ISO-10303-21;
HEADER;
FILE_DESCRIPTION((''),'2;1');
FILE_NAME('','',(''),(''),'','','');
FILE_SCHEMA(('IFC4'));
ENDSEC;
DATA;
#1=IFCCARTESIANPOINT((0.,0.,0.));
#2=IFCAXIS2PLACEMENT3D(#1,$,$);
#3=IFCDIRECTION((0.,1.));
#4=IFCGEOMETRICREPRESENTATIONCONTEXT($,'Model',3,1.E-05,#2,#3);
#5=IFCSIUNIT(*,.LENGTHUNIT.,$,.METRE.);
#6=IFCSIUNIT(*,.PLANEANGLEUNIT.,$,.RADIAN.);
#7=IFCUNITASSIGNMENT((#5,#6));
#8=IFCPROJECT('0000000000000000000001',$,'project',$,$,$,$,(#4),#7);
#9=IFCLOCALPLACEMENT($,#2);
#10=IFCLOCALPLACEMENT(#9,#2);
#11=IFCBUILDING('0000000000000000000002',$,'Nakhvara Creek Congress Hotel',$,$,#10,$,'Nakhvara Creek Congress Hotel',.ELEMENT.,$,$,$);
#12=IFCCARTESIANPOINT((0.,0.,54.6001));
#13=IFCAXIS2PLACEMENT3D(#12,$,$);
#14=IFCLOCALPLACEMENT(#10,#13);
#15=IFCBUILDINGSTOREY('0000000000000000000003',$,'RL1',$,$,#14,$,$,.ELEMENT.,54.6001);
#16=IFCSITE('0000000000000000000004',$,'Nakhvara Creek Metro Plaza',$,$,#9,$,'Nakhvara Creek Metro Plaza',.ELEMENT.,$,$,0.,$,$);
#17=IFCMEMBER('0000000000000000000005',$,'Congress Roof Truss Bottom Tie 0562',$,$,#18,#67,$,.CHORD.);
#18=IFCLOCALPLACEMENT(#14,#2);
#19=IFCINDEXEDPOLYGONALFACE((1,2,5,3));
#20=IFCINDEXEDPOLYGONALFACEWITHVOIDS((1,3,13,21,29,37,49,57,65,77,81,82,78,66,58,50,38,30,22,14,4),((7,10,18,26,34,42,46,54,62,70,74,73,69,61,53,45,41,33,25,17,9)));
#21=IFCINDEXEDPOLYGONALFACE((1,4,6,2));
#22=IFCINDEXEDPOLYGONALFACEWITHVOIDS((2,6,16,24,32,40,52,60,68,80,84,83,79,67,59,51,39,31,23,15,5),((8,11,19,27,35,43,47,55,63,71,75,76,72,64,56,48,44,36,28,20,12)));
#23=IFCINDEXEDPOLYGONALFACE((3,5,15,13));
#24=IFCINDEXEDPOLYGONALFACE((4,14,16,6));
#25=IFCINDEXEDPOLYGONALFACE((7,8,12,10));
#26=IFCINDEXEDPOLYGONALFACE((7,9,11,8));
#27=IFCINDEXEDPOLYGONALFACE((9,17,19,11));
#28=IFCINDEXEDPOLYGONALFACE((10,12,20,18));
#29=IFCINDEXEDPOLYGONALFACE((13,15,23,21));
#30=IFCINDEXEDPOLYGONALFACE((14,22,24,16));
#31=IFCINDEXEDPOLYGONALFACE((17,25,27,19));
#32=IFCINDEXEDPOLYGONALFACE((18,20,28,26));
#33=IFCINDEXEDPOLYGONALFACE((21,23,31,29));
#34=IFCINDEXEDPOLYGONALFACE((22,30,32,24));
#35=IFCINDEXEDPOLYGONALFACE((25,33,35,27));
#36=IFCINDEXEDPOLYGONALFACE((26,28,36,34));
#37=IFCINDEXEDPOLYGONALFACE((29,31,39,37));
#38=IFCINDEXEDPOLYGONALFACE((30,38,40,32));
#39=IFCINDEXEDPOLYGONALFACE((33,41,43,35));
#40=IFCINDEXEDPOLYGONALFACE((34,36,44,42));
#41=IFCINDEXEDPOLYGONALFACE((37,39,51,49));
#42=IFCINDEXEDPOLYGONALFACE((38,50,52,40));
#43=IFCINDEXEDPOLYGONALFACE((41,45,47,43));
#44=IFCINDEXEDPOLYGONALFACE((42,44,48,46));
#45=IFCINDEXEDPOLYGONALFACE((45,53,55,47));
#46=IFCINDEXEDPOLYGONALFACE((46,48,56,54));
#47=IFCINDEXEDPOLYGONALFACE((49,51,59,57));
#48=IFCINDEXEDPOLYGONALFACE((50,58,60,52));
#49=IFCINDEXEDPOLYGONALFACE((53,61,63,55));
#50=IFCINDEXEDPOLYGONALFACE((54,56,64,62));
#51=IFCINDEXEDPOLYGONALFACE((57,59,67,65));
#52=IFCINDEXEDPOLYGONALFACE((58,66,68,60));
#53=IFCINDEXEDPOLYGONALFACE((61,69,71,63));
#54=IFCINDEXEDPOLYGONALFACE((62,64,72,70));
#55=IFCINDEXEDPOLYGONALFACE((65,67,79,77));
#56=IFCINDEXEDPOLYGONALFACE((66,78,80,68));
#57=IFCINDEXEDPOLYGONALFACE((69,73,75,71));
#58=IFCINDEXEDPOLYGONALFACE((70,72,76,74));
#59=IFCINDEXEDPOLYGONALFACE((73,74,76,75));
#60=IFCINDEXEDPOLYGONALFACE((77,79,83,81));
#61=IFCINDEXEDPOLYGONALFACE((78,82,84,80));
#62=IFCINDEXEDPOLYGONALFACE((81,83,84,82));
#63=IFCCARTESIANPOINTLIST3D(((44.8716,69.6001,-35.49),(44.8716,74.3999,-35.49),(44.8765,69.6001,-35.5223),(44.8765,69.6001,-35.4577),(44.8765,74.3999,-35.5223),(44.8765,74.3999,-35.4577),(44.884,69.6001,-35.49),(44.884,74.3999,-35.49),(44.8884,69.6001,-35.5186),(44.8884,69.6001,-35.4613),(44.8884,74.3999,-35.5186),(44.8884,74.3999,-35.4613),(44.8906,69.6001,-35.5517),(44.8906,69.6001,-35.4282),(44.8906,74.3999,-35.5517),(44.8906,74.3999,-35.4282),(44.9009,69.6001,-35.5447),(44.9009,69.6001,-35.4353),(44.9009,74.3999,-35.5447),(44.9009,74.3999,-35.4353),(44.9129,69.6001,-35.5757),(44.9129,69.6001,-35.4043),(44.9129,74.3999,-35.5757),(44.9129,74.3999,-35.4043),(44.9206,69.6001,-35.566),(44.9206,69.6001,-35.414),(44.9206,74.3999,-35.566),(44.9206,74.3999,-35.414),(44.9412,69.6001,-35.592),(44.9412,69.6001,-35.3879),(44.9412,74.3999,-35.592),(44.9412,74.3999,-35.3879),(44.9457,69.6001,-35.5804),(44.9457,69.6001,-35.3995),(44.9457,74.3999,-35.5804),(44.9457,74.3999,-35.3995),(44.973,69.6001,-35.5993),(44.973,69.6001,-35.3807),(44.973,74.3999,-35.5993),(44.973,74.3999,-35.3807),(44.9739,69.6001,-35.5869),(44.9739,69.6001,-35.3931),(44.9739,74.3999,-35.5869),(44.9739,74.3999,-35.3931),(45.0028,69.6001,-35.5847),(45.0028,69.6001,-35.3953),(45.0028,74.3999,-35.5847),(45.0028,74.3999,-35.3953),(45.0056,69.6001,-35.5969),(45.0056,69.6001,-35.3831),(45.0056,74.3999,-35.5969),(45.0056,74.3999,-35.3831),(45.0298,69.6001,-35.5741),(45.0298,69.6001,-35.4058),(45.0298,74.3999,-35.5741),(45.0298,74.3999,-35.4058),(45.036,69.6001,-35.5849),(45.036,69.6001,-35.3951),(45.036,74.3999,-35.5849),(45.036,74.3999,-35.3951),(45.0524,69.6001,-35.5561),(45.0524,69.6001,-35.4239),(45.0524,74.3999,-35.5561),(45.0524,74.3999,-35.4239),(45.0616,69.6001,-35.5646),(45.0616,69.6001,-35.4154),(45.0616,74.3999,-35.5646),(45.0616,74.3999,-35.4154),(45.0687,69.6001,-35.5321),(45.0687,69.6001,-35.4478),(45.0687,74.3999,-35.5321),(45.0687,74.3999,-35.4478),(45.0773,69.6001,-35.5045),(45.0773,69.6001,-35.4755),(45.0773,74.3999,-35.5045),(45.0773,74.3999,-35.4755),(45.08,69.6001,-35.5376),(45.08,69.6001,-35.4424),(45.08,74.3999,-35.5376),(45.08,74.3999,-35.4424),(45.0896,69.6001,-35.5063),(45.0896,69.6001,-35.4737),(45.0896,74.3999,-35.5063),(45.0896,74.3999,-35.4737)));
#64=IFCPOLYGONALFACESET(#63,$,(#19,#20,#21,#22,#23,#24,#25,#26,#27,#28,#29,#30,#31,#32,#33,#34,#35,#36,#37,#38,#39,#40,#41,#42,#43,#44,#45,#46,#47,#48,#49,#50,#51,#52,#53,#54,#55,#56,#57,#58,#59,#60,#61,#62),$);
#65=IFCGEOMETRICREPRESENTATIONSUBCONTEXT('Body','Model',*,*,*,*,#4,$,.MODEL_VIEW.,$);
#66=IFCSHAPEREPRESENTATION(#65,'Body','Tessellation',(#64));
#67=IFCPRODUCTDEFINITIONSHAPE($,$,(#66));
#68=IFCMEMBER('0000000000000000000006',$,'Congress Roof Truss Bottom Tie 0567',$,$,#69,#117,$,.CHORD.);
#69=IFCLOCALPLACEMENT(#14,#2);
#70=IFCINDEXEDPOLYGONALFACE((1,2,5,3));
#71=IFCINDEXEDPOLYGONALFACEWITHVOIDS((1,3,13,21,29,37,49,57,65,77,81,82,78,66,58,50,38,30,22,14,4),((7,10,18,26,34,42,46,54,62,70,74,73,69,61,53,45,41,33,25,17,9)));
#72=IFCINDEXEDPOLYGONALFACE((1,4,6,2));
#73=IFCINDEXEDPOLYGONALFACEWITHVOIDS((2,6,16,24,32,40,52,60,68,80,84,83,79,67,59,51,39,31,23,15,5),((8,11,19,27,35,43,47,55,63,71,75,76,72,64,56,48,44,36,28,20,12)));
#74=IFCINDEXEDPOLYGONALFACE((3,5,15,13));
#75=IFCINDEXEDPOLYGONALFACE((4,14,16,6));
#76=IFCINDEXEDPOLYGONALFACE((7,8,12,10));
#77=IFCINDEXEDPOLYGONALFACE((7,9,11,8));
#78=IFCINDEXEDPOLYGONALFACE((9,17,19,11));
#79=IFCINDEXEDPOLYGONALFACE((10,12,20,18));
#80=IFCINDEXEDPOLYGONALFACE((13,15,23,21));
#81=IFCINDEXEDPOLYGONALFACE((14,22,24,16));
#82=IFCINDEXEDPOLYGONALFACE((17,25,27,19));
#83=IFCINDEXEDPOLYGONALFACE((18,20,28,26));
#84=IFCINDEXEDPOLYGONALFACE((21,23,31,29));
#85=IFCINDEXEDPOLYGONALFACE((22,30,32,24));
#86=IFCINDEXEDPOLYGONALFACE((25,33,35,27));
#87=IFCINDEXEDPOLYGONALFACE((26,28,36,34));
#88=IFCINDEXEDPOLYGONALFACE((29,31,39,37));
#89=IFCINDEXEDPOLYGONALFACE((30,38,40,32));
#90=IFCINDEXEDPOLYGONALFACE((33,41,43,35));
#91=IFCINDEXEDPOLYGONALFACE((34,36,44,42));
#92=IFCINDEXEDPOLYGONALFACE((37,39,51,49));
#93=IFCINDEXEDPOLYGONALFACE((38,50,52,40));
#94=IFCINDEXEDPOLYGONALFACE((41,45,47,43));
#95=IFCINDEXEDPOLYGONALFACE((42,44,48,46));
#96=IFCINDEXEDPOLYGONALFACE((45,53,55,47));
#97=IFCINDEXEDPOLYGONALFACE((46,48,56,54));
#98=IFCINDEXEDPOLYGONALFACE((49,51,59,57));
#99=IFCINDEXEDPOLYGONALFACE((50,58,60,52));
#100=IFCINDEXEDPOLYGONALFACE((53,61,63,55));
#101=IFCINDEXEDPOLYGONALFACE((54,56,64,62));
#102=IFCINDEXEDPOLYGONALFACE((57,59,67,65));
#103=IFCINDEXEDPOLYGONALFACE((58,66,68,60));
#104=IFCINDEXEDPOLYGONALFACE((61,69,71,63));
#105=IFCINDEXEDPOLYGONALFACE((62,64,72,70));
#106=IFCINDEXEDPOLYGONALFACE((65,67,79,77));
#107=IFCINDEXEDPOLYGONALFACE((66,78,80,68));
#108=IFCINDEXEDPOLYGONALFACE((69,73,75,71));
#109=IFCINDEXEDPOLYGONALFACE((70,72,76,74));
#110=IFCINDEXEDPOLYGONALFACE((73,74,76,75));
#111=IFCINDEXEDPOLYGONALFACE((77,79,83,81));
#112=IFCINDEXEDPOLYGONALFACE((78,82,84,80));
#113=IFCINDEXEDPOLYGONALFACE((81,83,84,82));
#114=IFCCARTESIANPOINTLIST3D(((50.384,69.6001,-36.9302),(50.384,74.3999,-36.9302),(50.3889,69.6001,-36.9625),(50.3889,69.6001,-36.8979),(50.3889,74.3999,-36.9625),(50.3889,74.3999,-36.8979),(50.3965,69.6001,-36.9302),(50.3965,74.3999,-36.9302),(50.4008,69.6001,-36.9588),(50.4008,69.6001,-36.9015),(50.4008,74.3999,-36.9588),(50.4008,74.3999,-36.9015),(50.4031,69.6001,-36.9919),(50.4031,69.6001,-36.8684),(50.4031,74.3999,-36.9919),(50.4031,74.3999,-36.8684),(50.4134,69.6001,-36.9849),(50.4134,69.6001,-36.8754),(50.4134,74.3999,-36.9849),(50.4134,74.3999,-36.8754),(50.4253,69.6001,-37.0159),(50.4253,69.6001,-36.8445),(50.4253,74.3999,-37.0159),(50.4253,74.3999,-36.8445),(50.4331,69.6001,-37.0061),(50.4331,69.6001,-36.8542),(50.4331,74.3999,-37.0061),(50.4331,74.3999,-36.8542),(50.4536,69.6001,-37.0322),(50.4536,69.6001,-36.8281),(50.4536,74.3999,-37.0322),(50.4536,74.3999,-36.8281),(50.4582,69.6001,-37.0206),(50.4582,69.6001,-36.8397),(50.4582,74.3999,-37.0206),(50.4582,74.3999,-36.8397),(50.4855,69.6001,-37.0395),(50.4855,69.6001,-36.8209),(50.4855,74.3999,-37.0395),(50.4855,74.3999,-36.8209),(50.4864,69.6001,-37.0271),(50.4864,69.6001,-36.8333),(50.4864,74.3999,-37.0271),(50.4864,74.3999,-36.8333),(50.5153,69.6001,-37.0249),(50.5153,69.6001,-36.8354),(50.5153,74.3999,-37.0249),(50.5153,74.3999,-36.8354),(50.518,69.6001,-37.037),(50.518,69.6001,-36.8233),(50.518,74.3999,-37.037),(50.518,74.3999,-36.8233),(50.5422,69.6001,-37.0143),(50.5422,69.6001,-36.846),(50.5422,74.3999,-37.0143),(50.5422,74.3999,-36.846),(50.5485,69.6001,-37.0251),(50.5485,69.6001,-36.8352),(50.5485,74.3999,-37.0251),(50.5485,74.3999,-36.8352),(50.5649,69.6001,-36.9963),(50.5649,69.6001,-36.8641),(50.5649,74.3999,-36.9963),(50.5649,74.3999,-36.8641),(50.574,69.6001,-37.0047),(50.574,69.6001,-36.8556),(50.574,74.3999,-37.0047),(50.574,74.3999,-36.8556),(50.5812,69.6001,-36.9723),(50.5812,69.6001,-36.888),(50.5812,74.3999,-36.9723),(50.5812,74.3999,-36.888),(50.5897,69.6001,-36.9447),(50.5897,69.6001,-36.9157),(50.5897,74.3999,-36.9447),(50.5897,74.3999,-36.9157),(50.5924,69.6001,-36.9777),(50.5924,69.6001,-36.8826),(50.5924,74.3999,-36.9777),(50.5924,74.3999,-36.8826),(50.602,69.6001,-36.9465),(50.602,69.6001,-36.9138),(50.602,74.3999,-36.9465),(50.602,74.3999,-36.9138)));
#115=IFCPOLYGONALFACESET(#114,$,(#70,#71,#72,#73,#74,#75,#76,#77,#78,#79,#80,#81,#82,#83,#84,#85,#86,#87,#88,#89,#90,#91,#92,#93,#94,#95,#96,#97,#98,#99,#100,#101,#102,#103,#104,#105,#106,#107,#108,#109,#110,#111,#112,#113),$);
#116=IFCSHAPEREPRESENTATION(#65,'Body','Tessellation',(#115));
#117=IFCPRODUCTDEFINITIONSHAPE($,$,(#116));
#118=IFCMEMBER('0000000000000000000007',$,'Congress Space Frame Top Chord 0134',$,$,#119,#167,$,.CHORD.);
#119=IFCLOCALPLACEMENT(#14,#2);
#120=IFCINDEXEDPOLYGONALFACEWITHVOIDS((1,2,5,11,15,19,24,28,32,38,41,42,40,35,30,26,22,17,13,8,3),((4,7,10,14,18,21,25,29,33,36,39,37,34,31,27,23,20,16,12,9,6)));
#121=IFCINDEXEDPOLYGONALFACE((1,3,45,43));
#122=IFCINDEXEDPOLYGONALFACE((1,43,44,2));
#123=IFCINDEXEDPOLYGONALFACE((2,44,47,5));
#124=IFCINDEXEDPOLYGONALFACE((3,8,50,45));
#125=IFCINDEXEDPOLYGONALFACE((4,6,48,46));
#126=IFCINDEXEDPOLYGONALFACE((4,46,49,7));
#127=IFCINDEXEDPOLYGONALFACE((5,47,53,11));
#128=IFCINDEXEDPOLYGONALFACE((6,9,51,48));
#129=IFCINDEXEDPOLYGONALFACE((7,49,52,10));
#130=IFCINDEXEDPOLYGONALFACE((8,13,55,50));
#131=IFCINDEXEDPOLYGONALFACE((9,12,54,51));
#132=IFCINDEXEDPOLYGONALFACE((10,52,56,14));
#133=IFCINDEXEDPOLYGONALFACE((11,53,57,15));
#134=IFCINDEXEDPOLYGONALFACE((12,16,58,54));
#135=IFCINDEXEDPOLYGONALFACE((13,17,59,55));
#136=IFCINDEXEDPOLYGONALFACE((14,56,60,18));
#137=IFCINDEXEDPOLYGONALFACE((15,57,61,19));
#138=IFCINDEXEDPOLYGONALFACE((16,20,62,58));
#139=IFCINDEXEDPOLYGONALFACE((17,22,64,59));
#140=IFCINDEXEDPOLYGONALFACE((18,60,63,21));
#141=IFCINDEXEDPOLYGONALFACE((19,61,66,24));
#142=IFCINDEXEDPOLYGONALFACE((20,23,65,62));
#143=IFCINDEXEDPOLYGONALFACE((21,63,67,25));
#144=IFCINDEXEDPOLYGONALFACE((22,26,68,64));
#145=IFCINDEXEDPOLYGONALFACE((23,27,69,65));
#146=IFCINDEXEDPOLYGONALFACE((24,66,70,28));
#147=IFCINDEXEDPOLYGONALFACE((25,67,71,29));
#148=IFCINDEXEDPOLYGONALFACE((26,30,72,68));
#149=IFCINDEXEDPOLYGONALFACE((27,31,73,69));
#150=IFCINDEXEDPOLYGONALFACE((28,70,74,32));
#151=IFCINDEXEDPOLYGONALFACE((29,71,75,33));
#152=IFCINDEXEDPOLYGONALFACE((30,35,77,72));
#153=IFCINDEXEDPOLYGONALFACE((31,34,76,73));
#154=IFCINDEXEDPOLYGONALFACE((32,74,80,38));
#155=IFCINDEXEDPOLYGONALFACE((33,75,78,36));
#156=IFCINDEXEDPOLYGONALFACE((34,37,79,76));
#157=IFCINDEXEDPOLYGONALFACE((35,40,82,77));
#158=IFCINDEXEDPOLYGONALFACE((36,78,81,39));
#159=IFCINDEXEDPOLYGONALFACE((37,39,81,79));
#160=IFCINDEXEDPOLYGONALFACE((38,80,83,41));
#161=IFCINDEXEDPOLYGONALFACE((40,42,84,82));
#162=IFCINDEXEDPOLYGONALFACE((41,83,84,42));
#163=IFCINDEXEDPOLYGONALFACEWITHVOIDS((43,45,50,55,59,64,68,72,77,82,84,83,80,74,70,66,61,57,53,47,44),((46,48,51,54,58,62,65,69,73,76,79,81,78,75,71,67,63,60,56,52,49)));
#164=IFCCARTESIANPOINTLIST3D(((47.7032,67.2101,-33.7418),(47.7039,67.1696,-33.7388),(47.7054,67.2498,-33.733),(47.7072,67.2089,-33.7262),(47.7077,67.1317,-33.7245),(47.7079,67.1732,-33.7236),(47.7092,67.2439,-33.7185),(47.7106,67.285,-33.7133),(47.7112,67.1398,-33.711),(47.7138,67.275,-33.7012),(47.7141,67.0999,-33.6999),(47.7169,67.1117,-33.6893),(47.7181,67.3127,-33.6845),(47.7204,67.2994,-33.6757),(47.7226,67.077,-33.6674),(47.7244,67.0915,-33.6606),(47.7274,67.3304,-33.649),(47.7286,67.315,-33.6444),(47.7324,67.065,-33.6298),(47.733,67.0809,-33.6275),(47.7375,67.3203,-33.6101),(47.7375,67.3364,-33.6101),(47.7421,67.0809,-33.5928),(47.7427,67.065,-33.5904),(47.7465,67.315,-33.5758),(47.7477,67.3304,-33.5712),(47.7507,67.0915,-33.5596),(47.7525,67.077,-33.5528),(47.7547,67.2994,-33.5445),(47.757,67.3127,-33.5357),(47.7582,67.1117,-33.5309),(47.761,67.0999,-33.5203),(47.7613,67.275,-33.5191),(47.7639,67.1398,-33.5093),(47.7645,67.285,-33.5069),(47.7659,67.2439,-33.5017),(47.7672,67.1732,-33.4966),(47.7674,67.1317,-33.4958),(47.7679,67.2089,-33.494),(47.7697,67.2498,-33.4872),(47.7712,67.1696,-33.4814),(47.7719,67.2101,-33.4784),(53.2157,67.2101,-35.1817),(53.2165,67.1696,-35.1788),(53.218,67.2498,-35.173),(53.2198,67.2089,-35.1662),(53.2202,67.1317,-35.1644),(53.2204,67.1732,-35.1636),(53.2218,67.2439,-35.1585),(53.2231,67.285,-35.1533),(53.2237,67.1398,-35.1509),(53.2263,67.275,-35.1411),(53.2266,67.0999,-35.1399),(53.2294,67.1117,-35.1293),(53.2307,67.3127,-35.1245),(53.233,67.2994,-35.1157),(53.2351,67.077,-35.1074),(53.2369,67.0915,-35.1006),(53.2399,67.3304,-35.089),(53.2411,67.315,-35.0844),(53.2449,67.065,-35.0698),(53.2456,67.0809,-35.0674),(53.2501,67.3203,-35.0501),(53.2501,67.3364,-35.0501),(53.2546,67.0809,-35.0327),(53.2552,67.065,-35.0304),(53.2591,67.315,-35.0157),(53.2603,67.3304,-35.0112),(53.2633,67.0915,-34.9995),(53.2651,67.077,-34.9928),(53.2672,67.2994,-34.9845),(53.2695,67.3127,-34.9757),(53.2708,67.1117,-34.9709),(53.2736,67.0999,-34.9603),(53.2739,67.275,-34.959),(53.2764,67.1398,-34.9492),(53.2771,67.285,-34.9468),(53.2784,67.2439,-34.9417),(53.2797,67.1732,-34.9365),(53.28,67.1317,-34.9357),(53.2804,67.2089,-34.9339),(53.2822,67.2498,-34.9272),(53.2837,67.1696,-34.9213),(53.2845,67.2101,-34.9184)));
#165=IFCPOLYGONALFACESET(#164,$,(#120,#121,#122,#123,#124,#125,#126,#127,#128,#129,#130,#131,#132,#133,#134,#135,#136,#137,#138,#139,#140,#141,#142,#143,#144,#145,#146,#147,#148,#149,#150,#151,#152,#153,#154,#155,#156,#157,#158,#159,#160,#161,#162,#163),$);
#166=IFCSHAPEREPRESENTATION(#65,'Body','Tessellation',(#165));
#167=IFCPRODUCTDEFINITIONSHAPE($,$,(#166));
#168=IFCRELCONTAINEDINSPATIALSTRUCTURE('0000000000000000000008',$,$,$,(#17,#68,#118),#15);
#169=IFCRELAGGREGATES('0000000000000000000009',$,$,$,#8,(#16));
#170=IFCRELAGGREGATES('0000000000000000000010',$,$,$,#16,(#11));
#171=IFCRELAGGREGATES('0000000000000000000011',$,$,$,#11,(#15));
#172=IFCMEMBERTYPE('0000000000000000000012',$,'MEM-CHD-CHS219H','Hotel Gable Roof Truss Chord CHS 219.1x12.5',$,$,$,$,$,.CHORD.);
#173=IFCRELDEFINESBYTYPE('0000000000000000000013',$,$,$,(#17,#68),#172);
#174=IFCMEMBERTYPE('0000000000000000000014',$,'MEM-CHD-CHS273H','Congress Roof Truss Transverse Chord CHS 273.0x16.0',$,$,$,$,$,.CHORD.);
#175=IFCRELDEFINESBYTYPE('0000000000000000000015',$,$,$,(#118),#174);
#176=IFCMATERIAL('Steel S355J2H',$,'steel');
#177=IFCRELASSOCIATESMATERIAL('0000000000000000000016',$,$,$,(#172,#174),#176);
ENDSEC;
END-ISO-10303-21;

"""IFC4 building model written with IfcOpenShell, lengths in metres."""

from ifc_helpers import new_model, si_unit, direction, frame, origin, origin_2d, place, context, subcontext, project, spatial, hollow_circle, extrude, material, material_profile, profile_set, type_object, element, save


model = new_model("IFC4")

# Units and contexts
model_context = context("Model", 3, precision=1e-05, world=origin(), true_north=direction((0.0, 1.0)))
body_context = subcontext(model_context, "Body", "Model", "MODEL_VIEW")
ifc_project = project(units=[si_unit("LENGTHUNIT", "METRE"), si_unit("PLANEANGLEUNIT", "RADIAN")], contexts=[model_context])

# Site, building, storey
site_placement = place(None, origin())
site = spatial("IfcSite", under=ifc_project, at=site_placement, Name="Nakhvara Creek Metro Plaza", LongName="Nakhvara Creek Metro Plaza", CompositionType="ELEMENT", RefElevation=0.0)
building_placement = place(site_placement, origin())
building = spatial("IfcBuilding", under=site, at=building_placement, Name="Nakhvara Creek Congress Hotel", LongName="Nakhvara Creek Congress Hotel", CompositionType="ELEMENT")
storey_placement = place(building_placement, frame((0.0, 0.0, 54.6001)))
storey = spatial("IfcBuildingStorey", under=building, at=storey_placement, Name="RL1", CompositionType="ELEMENT", Elevation=54.6001)

# Members
ifc_material_1 = material(Name="Steel S355J2H", Category="steel")
ifc_material_profile_1 = material_profile(ifc_material_1, hollow_circle(Radius=0.1096, WallThickness=0.0125, at=origin_2d()), Name="CHS 219.1x12.5", Category="LoadBearing")
ifc_profile_set_1 = profile_set([ifc_material_profile_1], Name="Steel S355J2H")
member_type_1 = type_object("IfcMemberType", Name="MEM-CHD-CHS219H", Description="Hotel Gable Roof Truss Chord CHS 219.1x12.5", PredefinedType="CHORD", material=ifc_profile_set_1)
for number, where, z_axis, x_axis, name in (
    (1, (44.9812, 69.6001, -35.49), (0.0, 1.0, 0.0), (-1.0, 0.0, 0.0), "Congress Roof Truss Bottom Tie 0562"),
    (2, (50.4937, 69.6001, -36.9302), (0.0, 1.0, 0.0), (-1.0, 0.0, 0.0), "Congress Roof Truss Bottom Tie 0567"),
):
    element("IfcMember", number, at=place(storey_placement, frame(where, z_axis=z_axis, x_axis=x_axis)), inside=storey, type_object=member_type_1, Name=name, PredefinedType="CHORD", context=body_context, shape_type="SweptSolid", body=[
        extrude(hollow_circle(Radius=0.1096, WallThickness=0.0125, at=origin_2d()), origin(), (0.0, 0.0, 1.0), 4.7998),
    ])
ifc_material_profile_2 = material_profile(ifc_material_1, hollow_circle(Radius=0.1365, WallThickness=0.0161, at=origin_2d()), Name="CHS 273.0x16.0", Category="LoadBearing")
ifc_profile_set_2 = profile_set([ifc_material_profile_2], Name="Steel S355J2H")
member_type_2 = type_object("IfcMemberType", Name="MEM-CHD-CHS273H", Description="Congress Roof Truss Transverse Chord CHS 273.0x16.0", PredefinedType="CHORD", material=ifc_profile_set_2)
for number, where, z_axis, x_axis, name in (
    (3, (47.7375, 67.2, -33.6101), (0.967535, 0.0, -0.252736), (0.0, 1.0, 0.0), "Congress Space Frame Top Chord 0134"),
):
    element("IfcMember", number, at=place(storey_placement, frame(where, z_axis=z_axis, x_axis=x_axis)), inside=storey, type_object=member_type_2, Name=name, PredefinedType="CHORD", context=body_context, shape_type="SweptSolid", body=[
        extrude(hollow_circle(Radius=0.1365, WallThickness=0.0161, at=origin_2d()), origin(), (0.0, 0.0, 1.0), 5.6975),
    ])

save(model, "model.ifc")
